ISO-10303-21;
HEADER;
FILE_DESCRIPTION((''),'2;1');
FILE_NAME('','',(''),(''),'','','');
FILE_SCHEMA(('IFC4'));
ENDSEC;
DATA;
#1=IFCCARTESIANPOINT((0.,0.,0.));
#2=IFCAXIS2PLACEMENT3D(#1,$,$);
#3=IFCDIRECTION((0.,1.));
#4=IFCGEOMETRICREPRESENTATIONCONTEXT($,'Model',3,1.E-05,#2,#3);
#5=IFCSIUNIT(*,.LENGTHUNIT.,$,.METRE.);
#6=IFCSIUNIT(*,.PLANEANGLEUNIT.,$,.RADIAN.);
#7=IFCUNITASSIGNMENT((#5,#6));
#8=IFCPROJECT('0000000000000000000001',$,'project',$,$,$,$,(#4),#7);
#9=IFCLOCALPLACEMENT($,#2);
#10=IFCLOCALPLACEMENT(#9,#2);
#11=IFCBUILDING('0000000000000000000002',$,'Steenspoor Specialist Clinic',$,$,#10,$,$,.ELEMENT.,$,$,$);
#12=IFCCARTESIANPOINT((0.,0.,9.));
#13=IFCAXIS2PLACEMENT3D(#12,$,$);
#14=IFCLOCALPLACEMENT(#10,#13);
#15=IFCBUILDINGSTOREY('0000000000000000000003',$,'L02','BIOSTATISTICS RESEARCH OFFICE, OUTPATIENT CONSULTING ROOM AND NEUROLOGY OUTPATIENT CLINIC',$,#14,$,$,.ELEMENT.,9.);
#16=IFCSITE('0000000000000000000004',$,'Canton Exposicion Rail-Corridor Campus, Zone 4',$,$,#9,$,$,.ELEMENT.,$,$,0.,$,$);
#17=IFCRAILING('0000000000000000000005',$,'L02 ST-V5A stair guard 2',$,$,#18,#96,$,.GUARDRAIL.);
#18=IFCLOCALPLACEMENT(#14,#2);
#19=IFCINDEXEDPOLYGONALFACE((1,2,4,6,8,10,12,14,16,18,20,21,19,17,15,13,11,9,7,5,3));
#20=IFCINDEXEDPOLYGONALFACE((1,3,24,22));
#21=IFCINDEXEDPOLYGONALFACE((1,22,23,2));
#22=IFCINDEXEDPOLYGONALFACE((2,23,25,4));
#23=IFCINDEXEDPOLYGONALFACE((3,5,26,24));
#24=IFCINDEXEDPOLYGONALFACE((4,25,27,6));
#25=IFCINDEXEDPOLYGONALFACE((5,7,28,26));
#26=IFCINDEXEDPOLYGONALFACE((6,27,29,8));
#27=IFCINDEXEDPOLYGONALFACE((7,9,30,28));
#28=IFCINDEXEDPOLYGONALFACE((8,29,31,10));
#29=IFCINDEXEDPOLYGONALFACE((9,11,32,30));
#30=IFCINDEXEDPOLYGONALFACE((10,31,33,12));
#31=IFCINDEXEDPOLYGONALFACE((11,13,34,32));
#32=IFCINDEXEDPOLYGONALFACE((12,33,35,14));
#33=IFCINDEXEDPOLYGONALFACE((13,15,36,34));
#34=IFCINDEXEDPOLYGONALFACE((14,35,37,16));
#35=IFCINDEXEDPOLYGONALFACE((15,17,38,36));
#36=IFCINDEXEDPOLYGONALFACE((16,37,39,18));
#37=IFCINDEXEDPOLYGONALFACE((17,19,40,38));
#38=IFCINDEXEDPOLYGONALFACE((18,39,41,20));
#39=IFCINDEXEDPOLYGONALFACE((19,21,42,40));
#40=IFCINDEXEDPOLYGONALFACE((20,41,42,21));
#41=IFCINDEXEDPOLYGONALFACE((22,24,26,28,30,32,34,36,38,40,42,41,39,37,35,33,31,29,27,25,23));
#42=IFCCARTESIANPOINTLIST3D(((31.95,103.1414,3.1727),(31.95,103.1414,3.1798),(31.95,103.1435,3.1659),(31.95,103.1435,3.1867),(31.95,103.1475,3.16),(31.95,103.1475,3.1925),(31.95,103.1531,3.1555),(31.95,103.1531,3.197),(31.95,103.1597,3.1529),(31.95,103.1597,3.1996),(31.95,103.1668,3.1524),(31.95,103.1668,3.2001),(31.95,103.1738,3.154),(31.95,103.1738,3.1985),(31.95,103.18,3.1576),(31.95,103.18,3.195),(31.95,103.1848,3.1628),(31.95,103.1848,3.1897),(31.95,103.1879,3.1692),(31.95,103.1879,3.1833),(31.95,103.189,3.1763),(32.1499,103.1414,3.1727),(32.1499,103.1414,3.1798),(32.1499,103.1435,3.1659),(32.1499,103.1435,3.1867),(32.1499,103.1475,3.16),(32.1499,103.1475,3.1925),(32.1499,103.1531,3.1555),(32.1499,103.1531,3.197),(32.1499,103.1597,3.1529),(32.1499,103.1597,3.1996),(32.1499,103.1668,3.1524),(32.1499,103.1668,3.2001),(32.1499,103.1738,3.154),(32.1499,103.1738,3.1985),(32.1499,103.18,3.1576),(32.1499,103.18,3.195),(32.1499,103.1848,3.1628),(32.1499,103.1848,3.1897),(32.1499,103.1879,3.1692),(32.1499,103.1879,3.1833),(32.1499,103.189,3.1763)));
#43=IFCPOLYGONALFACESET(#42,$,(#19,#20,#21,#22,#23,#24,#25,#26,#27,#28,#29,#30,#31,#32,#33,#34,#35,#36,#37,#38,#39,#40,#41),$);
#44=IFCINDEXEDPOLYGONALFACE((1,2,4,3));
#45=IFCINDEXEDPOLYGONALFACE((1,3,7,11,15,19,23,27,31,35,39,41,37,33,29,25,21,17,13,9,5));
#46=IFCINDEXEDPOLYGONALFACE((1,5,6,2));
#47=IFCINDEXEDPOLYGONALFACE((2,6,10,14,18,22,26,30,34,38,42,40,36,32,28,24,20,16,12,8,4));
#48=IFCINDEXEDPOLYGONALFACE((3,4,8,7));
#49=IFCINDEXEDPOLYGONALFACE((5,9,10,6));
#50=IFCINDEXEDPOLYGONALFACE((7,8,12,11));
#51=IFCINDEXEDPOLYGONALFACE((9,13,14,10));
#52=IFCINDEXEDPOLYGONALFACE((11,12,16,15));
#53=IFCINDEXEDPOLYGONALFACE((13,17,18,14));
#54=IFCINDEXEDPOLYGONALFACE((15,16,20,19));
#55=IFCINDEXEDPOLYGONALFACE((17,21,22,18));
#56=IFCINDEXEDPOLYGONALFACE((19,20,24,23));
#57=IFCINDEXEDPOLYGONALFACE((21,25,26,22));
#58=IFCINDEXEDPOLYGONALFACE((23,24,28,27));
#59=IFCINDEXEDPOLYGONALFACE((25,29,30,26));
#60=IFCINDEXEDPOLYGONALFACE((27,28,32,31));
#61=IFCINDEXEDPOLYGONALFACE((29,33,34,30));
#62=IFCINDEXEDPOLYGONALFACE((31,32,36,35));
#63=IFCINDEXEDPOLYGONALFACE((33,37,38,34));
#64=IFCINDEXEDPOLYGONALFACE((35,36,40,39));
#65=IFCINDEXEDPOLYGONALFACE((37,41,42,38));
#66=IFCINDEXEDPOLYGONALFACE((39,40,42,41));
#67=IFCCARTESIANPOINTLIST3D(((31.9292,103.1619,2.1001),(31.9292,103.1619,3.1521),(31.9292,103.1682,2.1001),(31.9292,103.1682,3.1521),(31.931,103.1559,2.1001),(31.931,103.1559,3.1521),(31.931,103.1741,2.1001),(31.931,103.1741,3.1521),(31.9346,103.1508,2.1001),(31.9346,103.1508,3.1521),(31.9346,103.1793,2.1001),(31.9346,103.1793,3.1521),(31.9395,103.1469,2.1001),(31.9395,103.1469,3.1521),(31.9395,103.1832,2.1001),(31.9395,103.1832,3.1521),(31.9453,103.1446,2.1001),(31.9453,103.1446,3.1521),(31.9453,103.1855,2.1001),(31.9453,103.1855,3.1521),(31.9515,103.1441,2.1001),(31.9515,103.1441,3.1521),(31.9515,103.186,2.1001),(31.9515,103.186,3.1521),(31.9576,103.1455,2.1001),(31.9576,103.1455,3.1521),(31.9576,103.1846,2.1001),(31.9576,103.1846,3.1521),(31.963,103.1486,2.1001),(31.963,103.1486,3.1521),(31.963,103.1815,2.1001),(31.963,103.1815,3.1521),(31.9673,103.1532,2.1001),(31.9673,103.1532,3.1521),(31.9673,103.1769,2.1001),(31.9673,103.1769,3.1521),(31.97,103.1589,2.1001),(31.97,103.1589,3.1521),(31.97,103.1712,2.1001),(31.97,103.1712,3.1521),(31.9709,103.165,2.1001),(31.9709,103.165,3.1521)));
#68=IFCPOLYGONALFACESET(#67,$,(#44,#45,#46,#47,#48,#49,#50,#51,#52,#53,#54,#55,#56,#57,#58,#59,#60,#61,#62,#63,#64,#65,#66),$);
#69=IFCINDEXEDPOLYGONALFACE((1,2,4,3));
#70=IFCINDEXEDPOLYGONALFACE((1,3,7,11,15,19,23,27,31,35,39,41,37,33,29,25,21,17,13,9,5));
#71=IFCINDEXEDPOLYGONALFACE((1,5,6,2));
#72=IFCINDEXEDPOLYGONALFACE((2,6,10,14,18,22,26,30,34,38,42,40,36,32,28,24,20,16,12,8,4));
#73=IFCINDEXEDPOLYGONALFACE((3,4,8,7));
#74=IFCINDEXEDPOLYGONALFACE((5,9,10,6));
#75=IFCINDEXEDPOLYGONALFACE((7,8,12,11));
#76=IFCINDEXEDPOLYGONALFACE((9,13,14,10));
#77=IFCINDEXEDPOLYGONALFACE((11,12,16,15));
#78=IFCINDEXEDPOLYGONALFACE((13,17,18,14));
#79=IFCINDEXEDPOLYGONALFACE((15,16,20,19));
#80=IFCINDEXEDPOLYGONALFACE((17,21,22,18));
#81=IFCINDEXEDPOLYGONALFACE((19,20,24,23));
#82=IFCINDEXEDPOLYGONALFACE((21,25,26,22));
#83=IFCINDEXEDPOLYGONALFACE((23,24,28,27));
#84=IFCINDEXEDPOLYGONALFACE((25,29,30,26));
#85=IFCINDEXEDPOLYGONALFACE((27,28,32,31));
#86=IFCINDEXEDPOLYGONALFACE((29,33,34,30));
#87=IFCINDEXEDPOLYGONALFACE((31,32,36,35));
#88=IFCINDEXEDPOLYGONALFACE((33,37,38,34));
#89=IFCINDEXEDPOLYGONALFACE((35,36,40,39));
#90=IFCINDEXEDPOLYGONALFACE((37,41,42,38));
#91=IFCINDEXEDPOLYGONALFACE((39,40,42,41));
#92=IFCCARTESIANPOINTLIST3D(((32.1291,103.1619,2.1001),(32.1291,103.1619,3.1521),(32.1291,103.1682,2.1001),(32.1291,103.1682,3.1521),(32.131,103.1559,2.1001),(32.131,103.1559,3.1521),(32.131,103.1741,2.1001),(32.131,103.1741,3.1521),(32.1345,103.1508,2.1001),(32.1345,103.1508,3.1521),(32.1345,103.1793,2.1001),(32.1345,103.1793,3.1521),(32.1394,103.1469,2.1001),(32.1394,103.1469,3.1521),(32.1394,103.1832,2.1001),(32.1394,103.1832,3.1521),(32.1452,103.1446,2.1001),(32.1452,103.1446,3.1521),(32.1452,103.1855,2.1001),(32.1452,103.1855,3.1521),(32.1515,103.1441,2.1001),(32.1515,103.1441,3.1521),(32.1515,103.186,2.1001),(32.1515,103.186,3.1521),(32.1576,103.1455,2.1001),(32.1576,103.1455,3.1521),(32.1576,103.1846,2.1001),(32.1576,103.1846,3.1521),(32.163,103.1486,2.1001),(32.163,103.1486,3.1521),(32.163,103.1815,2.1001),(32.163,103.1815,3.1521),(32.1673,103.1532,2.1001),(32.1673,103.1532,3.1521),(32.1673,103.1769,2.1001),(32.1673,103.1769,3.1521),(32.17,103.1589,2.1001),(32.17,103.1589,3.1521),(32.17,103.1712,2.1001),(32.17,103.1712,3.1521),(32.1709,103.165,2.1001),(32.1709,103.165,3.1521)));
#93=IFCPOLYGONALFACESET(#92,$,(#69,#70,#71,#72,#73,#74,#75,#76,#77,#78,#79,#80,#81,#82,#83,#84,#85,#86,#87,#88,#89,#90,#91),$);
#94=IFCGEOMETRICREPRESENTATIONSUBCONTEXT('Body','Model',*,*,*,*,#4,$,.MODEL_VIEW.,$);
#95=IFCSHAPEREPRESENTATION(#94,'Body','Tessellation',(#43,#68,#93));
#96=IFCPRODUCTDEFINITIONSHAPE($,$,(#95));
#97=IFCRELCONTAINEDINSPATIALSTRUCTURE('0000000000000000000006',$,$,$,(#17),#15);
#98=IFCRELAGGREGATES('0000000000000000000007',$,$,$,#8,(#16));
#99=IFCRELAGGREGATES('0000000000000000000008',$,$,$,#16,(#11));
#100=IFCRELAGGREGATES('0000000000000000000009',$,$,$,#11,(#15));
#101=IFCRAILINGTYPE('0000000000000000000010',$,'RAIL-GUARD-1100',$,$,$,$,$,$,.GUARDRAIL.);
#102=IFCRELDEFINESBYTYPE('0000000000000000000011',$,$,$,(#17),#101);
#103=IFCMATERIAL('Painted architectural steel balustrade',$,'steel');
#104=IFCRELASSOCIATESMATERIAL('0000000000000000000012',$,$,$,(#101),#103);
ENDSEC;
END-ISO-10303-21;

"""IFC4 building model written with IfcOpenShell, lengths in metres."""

from ifc_helpers import new_model, si_unit, direction, frame, origin, origin_2d, place, context, subcontext, project, spatial, circle, extrude, material, type_object, element, save


model = new_model("IFC4")

# Units and contexts
model_context = context("Model", 3, precision=1e-05, world=origin(), true_north=direction((0.0, 1.0)))
body_context = subcontext(model_context, "Body", "Model", "MODEL_VIEW")
ifc_project = project(units=[si_unit("LENGTHUNIT", "METRE"), si_unit("PLANEANGLEUNIT", "RADIAN")], contexts=[model_context])

# Site, building, storey
site_placement = place(None, origin())
site = spatial("IfcSite", under=ifc_project, at=site_placement, Name="Canton Exposicion Rail-Corridor Campus, Zone 4", CompositionType="ELEMENT", RefElevation=0.0)
building_placement = place(site_placement, origin())
building = spatial("IfcBuilding", under=site, at=building_placement, Name="Steenspoor Specialist Clinic", CompositionType="ELEMENT")
storey_placement = place(building_placement, frame((0.0, 0.0, 9.0)))
storey = spatial("IfcBuildingStorey", under=building, at=storey_placement, Name="L02", Description="BIOSTATISTICS RESEARCH OFFICE, OUTPATIENT CONSULTING ROOM AND NEUROLOGY OUTPATIENT CLINIC", CompositionType="ELEMENT", Elevation=9.0)

# Railing
ifc_material_1 = material(Name="Painted architectural steel balustrade", Category="steel")
railing_type_1 = type_object("IfcRailingType", Name="RAIL-GUARD-1100", PredefinedType="GUARDRAIL", material=ifc_material_1)
railing_1_placement = place(storey_placement, frame((31.95, 103.165, 2.1001)))
element("IfcRailing", 1, at=railing_1_placement, inside=storey, type_object=railing_type_1, Name="L02 ST-V5A stair guard 2", PredefinedType="GUARDRAIL", context=body_context, shape_type="SweptSolid", body=[
    extrude(circle(Radius=0.0239, at=origin_2d()), frame((0.0, 0.0, 1.0762), z_axis=(1.0, 0.0, 0.0), x_axis=(0.0, 1.0, 0.0)), (0.0, 0.0, 1.0), 0.2),
    extrude(circle(Radius=0.021, at=origin_2d()), origin(), (0.0, 0.0, 1.0), 1.052),
    extrude(circle(Radius=0.021, at=origin_2d()), frame((0.2, 0.0, 0.0)), (0.0, 0.0, 1.0), 1.052),
])

save(model, "model.ifc")
